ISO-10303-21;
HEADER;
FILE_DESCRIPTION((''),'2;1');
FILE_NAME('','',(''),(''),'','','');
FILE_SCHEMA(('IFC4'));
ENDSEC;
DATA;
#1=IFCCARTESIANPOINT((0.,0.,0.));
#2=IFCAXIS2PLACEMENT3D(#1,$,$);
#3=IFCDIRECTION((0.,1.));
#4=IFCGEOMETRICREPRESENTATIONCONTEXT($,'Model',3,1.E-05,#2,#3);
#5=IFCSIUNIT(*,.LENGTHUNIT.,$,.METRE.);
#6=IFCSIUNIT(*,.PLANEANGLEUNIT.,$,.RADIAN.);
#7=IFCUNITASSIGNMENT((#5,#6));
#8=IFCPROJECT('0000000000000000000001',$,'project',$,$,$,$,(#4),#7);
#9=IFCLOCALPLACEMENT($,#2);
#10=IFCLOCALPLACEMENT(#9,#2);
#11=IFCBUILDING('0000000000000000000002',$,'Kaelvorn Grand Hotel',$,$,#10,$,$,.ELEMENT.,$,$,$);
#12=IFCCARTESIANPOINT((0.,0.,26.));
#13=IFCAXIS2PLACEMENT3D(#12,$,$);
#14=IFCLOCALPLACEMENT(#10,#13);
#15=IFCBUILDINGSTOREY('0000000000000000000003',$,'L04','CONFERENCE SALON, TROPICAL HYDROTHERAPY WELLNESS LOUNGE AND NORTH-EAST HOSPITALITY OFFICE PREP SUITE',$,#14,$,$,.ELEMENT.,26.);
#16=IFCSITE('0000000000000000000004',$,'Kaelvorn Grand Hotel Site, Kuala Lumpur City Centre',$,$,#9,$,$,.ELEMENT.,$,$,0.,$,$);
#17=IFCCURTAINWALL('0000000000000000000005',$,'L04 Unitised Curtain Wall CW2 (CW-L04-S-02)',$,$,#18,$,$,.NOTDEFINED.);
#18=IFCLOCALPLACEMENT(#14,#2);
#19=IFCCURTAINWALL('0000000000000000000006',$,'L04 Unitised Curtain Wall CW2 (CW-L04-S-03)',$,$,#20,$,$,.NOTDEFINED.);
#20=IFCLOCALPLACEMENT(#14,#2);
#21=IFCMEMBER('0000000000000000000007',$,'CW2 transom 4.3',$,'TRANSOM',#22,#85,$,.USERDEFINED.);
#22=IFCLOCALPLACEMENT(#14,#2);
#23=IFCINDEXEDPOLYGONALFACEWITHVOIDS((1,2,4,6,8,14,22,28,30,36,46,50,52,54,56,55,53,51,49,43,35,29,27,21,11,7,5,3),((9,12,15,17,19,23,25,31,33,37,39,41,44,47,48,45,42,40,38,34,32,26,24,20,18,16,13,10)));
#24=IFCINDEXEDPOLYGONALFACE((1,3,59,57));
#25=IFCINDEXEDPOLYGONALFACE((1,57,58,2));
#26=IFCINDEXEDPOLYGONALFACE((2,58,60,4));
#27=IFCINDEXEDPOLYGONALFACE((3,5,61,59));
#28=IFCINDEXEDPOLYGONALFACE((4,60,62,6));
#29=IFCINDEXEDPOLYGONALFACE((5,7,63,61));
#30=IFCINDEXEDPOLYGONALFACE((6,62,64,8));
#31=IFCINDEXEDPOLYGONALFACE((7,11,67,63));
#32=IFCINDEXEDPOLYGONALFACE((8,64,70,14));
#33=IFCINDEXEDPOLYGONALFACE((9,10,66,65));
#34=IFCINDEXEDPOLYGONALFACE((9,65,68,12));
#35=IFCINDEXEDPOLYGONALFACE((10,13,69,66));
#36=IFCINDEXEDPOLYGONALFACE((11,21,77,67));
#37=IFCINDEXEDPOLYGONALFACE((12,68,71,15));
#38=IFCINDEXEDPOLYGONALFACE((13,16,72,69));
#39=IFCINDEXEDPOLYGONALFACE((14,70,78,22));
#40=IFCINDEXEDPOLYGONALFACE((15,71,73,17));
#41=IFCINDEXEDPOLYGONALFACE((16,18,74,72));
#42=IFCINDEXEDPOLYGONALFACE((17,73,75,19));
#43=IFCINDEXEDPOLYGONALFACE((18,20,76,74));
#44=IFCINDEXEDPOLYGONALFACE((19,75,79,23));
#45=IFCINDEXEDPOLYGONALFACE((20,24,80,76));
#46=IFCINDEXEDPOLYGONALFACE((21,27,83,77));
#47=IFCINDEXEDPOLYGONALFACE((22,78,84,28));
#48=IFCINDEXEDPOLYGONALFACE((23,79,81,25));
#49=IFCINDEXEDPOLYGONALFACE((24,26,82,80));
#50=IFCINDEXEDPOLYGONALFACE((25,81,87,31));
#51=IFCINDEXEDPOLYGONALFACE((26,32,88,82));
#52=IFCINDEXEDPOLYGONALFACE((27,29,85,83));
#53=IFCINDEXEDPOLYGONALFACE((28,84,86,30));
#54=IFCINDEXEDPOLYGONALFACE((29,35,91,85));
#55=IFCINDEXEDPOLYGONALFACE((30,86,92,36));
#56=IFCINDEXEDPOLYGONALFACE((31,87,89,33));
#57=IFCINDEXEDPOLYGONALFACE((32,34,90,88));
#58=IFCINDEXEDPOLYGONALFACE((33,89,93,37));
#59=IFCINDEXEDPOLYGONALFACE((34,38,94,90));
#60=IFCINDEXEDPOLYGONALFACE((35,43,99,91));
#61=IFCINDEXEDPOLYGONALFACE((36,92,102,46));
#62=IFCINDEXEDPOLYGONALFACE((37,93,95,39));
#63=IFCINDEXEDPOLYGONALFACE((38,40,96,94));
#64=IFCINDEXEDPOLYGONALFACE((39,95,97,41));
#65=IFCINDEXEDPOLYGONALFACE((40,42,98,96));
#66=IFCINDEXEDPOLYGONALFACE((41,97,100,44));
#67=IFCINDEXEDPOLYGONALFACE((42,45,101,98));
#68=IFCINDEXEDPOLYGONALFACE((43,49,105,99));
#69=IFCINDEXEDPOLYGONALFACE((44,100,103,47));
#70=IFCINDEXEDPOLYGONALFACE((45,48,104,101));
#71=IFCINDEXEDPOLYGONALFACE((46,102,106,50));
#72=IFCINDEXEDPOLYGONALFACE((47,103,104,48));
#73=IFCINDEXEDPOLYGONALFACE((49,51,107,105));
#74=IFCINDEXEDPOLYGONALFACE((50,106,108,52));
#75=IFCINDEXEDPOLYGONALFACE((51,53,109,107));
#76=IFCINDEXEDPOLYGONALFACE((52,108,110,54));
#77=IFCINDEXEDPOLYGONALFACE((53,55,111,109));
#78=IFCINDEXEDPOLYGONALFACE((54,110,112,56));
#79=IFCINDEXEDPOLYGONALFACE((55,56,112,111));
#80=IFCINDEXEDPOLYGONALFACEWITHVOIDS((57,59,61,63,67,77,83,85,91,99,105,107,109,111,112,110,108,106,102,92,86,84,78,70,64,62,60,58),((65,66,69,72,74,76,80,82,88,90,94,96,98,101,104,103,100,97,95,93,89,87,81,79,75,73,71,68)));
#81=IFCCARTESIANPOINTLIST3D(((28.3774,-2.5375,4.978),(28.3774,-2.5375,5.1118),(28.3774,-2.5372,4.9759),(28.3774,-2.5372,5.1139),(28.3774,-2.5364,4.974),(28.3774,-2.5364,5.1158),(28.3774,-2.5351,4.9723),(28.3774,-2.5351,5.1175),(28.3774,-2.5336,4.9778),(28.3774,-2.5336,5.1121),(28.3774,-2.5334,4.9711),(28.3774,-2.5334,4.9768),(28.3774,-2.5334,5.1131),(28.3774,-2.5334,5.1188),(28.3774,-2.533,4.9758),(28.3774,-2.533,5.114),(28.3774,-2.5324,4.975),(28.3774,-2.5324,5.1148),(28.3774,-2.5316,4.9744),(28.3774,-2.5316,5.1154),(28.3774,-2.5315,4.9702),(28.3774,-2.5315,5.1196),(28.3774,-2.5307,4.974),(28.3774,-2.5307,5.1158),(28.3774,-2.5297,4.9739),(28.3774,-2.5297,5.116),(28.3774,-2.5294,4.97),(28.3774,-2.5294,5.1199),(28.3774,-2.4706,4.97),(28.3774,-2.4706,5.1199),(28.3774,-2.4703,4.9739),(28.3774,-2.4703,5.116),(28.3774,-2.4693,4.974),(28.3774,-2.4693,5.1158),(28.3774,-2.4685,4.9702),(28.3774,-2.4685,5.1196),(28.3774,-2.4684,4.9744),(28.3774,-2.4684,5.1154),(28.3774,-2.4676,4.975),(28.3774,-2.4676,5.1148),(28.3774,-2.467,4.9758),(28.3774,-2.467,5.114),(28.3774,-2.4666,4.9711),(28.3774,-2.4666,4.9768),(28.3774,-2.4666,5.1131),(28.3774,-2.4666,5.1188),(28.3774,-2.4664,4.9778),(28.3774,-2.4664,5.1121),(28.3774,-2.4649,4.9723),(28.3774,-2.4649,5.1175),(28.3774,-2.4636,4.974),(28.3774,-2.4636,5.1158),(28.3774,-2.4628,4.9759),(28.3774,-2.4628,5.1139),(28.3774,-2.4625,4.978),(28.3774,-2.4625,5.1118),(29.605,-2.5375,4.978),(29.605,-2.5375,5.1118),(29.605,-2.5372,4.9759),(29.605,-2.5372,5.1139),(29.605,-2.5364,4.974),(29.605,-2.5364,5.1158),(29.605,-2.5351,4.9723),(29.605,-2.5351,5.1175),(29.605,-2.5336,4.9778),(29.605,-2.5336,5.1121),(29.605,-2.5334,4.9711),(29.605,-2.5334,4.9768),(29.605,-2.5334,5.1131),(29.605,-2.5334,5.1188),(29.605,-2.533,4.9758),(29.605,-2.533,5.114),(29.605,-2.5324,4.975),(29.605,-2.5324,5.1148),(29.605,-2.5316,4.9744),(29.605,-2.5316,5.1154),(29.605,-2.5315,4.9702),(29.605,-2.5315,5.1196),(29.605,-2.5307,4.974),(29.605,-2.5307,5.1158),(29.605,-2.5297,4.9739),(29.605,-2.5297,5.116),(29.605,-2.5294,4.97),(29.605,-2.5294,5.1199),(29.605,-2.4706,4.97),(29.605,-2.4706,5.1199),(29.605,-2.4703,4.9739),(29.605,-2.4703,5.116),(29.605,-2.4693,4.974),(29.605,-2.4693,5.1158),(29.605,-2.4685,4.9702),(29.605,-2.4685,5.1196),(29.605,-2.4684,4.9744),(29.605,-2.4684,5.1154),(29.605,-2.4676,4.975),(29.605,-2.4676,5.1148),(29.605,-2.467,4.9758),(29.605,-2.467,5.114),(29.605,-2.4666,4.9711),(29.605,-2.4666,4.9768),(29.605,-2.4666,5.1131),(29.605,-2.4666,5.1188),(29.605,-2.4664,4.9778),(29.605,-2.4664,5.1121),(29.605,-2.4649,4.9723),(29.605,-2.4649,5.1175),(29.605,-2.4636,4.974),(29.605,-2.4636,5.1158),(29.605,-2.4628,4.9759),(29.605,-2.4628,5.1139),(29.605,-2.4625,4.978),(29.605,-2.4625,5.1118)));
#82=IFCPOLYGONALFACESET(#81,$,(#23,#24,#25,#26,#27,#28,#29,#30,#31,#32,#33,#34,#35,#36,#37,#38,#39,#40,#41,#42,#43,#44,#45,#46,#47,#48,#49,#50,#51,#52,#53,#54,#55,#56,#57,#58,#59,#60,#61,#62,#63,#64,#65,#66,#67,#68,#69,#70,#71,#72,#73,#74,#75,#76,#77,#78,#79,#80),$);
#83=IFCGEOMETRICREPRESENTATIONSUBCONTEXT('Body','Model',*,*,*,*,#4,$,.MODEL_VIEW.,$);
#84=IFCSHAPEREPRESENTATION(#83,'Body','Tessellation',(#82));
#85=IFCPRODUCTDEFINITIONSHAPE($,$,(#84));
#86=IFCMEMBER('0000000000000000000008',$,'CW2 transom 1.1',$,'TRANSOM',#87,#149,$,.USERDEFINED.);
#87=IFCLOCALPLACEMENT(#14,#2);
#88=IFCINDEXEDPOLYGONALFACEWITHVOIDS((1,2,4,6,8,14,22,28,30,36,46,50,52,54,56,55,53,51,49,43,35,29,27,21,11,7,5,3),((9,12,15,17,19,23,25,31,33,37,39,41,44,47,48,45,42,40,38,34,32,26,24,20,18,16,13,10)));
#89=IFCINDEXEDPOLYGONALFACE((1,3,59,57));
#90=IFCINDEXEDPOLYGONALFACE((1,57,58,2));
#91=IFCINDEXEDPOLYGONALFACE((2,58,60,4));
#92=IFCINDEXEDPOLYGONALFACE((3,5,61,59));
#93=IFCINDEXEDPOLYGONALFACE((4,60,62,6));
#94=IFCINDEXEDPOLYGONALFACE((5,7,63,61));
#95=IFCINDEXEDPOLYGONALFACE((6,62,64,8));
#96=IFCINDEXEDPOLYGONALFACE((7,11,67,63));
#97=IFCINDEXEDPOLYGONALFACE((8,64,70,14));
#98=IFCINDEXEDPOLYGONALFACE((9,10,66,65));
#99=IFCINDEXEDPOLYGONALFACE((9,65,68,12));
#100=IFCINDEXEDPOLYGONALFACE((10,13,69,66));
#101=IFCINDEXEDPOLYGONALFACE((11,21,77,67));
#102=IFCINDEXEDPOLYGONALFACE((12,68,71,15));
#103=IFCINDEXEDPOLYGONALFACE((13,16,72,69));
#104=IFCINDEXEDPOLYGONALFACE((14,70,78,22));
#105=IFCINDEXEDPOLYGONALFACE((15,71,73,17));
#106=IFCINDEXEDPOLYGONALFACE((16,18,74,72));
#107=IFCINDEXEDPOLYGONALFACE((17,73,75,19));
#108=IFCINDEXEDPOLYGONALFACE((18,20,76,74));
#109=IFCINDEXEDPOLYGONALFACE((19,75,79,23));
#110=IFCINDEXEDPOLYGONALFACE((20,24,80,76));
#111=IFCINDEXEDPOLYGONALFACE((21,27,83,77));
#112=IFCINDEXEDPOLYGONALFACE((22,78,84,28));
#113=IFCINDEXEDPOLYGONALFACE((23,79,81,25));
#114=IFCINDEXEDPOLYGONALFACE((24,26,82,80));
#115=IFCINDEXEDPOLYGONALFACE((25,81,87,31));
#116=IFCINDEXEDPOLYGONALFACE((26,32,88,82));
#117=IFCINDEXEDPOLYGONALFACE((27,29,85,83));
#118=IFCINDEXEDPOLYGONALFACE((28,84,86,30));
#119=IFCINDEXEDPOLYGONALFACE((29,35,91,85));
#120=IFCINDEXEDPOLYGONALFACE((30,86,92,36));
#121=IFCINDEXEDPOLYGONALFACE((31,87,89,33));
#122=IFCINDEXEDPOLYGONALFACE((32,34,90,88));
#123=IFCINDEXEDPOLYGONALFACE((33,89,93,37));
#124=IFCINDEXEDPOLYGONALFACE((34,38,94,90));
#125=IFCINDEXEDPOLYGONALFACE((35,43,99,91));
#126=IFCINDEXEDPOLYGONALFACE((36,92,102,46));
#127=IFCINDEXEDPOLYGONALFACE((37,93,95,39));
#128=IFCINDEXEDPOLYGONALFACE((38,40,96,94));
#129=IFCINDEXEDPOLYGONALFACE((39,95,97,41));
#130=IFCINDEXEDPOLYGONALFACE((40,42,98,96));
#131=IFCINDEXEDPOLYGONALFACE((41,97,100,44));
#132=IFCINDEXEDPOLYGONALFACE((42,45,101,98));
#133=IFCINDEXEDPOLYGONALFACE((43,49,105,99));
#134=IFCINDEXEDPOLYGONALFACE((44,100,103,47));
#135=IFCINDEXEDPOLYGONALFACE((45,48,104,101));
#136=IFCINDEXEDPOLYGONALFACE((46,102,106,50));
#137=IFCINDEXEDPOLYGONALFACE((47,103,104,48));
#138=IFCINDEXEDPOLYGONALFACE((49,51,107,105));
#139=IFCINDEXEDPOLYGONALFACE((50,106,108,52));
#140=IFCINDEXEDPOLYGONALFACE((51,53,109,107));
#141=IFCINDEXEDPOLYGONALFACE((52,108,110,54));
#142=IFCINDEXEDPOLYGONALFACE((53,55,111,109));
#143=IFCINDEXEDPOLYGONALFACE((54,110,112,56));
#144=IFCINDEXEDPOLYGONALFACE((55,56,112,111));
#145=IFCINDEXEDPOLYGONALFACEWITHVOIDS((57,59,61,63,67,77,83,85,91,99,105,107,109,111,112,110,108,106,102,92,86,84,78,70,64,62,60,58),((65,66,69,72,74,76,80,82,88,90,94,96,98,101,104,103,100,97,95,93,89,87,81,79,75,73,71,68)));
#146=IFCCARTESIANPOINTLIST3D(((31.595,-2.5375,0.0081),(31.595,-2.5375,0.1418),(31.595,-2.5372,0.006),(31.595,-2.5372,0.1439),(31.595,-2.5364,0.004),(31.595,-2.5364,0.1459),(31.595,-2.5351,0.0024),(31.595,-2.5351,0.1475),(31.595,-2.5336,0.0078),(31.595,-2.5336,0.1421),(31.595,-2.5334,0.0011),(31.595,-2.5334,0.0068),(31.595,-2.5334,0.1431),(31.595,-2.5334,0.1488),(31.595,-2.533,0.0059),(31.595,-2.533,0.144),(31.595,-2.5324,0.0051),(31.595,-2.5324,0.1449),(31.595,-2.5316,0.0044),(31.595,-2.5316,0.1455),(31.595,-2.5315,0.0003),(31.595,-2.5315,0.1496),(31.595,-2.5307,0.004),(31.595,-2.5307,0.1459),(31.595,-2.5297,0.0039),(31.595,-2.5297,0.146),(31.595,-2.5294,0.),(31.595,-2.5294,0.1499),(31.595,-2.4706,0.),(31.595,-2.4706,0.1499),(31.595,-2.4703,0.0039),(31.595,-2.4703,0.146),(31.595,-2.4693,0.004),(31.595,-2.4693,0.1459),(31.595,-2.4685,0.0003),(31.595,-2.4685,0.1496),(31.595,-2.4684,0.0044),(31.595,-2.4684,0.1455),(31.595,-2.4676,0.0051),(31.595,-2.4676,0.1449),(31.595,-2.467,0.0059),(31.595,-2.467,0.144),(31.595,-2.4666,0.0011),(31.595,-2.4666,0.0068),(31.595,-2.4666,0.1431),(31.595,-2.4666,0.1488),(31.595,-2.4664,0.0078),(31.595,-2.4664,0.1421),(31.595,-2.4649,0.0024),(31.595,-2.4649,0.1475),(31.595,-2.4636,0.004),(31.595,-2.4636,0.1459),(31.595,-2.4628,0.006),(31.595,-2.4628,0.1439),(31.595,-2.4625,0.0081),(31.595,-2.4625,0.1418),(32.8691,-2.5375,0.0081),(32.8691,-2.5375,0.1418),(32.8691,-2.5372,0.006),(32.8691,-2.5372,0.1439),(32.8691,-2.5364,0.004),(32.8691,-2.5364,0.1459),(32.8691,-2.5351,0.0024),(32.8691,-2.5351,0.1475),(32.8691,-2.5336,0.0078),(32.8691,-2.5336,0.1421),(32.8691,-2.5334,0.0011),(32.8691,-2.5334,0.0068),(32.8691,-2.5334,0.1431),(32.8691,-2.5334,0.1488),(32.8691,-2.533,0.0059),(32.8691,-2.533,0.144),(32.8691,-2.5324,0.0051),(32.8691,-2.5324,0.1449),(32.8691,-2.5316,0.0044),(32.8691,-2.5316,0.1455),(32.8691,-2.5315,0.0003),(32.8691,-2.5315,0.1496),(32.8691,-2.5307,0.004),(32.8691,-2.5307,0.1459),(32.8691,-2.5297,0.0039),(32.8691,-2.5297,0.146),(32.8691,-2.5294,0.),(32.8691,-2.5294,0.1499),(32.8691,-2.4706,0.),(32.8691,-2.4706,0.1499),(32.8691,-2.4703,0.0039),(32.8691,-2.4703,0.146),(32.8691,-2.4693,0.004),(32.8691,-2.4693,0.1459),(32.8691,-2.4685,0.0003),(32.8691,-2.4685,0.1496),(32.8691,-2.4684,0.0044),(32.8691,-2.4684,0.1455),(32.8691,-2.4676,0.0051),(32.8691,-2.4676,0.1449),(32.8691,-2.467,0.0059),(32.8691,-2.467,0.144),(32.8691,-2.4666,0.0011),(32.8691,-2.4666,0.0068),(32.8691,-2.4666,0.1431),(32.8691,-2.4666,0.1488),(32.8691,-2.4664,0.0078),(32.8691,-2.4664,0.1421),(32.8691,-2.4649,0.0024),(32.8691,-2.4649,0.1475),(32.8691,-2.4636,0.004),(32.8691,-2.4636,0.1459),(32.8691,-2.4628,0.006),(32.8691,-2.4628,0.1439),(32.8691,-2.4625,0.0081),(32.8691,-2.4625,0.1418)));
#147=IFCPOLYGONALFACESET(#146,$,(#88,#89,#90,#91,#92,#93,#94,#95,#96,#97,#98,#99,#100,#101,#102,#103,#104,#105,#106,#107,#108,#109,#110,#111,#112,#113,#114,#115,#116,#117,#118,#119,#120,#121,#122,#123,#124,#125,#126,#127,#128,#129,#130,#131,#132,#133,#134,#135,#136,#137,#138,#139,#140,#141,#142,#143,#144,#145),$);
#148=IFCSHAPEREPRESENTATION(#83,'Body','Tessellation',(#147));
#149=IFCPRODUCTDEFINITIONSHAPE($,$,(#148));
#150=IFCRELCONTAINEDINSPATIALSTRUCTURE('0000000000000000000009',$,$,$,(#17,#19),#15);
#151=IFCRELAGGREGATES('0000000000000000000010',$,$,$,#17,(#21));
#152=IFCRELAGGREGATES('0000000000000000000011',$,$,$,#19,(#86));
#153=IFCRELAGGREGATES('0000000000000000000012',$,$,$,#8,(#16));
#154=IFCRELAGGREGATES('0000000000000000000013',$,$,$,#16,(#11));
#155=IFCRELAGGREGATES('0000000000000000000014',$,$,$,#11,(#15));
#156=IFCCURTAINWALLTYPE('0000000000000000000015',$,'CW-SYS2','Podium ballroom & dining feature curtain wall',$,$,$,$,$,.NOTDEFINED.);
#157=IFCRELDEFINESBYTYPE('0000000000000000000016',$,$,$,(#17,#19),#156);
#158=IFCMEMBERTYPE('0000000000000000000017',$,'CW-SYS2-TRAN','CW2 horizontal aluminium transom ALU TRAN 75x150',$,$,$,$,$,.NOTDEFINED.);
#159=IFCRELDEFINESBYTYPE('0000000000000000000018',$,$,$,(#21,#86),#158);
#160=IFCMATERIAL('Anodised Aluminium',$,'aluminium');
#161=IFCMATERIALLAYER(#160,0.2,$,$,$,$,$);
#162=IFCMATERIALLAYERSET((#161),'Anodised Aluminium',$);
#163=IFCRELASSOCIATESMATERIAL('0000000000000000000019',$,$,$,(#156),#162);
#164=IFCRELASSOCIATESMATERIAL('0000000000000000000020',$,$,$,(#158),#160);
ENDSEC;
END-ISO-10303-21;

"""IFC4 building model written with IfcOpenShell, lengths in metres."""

from ifc_helpers import new_model, si_unit, direction, frame, origin, origin_2d, place, context, subcontext, project, spatial, hollow_rectangle, extrude, material, layer, layer_set, material_profile, profile_set, type_object, element, aggregate, save


model = new_model("IFC4")

# Units and contexts
model_context = context("Model", 3, precision=1e-05, world=origin(), true_north=direction((0.0, 1.0)))
body_context = subcontext(model_context, "Body", "Model", "MODEL_VIEW")
ifc_project = project(units=[si_unit("LENGTHUNIT", "METRE"), si_unit("PLANEANGLEUNIT", "RADIAN")], contexts=[model_context])

# Site, building, storey
site_placement = place(None, origin())
site = spatial("IfcSite", under=ifc_project, at=site_placement, Name="Kaelvorn Grand Hotel Site, Kuala Lumpur City Centre", CompositionType="ELEMENT", RefElevation=0.0)
building_placement = place(site_placement, origin())
building = spatial("IfcBuilding", under=site, at=building_placement, Name="Kaelvorn Grand Hotel", CompositionType="ELEMENT")
storey_placement = place(building_placement, frame((0.0, 0.0, 26.0)))
storey = spatial("IfcBuildingStorey", under=building, at=storey_placement, Name="L04", Description="CONFERENCE SALON, TROPICAL HYDROTHERAPY WELLNESS LOUNGE AND NORTH-EAST HOSPITALITY OFFICE PREP SUITE", CompositionType="ELEMENT", Elevation=26.0)

# Curtain walls
ifc_material_1 = material(Name="Anodised Aluminium", Category="aluminium")
ifc_layer_1 = layer(ifc_material_1, 0.2)
ifc_layer_set_1 = layer_set([ifc_layer_1], Name="Anodised Aluminium")
curtain_wall_type = type_object("IfcCurtainWallType", Name="CW-SYS2", Description="Podium ballroom & dining feature curtain wall", PredefinedType="NOTDEFINED", material=ifc_layer_set_1)
curtain_wall_1_placement = place(storey_placement, origin())
curtain_wall_1 = element("IfcCurtainWall", 1, at=curtain_wall_1_placement, inside=storey, type_object=curtain_wall_type, Name="L04 Unitised Curtain Wall CW2 (CW-L04-S-02)", PredefinedType="NOTDEFINED")
curtain_wall_2_placement = place(storey_placement, origin())
curtain_wall_2 = element("IfcCurtainWall", 2, at=curtain_wall_2_placement, inside=storey, type_object=curtain_wall_type, Name="L04 Unitised Curtain Wall CW2 (CW-L04-S-03)", PredefinedType="NOTDEFINED")

# Members
ifc_material_profile_1 = material_profile(ifc_material_1, hollow_rectangle(XDim=0.075, YDim=0.1499, WallThickness=0.0039, InnerFilletRadius=0.0039, OuterFilletRadius=0.0081, at=origin_2d()), Name="ALU TRAN 75x150")
ifc_profile_set_1 = profile_set([ifc_material_profile_1], Name="Anodised Aluminium")
member_type_1 = type_object("IfcMemberType", Name="CW-SYS2-TRAN", Description="CW2 horizontal aluminium transom ALU TRAN 75x150", PredefinedType="NOTDEFINED", material=ifc_profile_set_1)
member_1_placement = place(storey_placement, frame((28.3774, -2.5, 5.0449), z_axis=(1.0, 0.0, 0.0), x_axis=(0.0, 1.0, 0.0)))
member_1 = element("IfcMember", 3, at=member_1_placement, type_object=member_type_1, Name="CW2 transom 4.3", ObjectType="TRANSOM", PredefinedType="USERDEFINED", context=body_context, shape_type="SweptSolid", body=[
    extrude(hollow_rectangle(XDim=0.075, YDim=0.1499, WallThickness=0.0039, InnerFilletRadius=0.0039, OuterFilletRadius=0.0081, at=origin_2d()), origin(), (0.0, 0.0, 1.0), 1.2275),
])
member_2_placement = place(storey_placement, frame((31.595, -2.5, 0.075), z_axis=(1.0, 0.0, 0.0), x_axis=(0.0, 1.0, 0.0)))
member_2 = element("IfcMember", 4, at=member_2_placement, type_object=member_type_1, Name="CW2 transom 1.1", ObjectType="TRANSOM", PredefinedType="USERDEFINED", context=body_context, shape_type="SweptSolid", body=[
    extrude(hollow_rectangle(XDim=0.075, YDim=0.1499, WallThickness=0.0039, InnerFilletRadius=0.0039, OuterFilletRadius=0.0081, at=origin_2d()), origin(), (0.0, 0.0, 1.0), 1.2742),
])

aggregate(curtain_wall_1, [member_1])
aggregate(curtain_wall_2, [member_2])

save(model, "model.ifc")
